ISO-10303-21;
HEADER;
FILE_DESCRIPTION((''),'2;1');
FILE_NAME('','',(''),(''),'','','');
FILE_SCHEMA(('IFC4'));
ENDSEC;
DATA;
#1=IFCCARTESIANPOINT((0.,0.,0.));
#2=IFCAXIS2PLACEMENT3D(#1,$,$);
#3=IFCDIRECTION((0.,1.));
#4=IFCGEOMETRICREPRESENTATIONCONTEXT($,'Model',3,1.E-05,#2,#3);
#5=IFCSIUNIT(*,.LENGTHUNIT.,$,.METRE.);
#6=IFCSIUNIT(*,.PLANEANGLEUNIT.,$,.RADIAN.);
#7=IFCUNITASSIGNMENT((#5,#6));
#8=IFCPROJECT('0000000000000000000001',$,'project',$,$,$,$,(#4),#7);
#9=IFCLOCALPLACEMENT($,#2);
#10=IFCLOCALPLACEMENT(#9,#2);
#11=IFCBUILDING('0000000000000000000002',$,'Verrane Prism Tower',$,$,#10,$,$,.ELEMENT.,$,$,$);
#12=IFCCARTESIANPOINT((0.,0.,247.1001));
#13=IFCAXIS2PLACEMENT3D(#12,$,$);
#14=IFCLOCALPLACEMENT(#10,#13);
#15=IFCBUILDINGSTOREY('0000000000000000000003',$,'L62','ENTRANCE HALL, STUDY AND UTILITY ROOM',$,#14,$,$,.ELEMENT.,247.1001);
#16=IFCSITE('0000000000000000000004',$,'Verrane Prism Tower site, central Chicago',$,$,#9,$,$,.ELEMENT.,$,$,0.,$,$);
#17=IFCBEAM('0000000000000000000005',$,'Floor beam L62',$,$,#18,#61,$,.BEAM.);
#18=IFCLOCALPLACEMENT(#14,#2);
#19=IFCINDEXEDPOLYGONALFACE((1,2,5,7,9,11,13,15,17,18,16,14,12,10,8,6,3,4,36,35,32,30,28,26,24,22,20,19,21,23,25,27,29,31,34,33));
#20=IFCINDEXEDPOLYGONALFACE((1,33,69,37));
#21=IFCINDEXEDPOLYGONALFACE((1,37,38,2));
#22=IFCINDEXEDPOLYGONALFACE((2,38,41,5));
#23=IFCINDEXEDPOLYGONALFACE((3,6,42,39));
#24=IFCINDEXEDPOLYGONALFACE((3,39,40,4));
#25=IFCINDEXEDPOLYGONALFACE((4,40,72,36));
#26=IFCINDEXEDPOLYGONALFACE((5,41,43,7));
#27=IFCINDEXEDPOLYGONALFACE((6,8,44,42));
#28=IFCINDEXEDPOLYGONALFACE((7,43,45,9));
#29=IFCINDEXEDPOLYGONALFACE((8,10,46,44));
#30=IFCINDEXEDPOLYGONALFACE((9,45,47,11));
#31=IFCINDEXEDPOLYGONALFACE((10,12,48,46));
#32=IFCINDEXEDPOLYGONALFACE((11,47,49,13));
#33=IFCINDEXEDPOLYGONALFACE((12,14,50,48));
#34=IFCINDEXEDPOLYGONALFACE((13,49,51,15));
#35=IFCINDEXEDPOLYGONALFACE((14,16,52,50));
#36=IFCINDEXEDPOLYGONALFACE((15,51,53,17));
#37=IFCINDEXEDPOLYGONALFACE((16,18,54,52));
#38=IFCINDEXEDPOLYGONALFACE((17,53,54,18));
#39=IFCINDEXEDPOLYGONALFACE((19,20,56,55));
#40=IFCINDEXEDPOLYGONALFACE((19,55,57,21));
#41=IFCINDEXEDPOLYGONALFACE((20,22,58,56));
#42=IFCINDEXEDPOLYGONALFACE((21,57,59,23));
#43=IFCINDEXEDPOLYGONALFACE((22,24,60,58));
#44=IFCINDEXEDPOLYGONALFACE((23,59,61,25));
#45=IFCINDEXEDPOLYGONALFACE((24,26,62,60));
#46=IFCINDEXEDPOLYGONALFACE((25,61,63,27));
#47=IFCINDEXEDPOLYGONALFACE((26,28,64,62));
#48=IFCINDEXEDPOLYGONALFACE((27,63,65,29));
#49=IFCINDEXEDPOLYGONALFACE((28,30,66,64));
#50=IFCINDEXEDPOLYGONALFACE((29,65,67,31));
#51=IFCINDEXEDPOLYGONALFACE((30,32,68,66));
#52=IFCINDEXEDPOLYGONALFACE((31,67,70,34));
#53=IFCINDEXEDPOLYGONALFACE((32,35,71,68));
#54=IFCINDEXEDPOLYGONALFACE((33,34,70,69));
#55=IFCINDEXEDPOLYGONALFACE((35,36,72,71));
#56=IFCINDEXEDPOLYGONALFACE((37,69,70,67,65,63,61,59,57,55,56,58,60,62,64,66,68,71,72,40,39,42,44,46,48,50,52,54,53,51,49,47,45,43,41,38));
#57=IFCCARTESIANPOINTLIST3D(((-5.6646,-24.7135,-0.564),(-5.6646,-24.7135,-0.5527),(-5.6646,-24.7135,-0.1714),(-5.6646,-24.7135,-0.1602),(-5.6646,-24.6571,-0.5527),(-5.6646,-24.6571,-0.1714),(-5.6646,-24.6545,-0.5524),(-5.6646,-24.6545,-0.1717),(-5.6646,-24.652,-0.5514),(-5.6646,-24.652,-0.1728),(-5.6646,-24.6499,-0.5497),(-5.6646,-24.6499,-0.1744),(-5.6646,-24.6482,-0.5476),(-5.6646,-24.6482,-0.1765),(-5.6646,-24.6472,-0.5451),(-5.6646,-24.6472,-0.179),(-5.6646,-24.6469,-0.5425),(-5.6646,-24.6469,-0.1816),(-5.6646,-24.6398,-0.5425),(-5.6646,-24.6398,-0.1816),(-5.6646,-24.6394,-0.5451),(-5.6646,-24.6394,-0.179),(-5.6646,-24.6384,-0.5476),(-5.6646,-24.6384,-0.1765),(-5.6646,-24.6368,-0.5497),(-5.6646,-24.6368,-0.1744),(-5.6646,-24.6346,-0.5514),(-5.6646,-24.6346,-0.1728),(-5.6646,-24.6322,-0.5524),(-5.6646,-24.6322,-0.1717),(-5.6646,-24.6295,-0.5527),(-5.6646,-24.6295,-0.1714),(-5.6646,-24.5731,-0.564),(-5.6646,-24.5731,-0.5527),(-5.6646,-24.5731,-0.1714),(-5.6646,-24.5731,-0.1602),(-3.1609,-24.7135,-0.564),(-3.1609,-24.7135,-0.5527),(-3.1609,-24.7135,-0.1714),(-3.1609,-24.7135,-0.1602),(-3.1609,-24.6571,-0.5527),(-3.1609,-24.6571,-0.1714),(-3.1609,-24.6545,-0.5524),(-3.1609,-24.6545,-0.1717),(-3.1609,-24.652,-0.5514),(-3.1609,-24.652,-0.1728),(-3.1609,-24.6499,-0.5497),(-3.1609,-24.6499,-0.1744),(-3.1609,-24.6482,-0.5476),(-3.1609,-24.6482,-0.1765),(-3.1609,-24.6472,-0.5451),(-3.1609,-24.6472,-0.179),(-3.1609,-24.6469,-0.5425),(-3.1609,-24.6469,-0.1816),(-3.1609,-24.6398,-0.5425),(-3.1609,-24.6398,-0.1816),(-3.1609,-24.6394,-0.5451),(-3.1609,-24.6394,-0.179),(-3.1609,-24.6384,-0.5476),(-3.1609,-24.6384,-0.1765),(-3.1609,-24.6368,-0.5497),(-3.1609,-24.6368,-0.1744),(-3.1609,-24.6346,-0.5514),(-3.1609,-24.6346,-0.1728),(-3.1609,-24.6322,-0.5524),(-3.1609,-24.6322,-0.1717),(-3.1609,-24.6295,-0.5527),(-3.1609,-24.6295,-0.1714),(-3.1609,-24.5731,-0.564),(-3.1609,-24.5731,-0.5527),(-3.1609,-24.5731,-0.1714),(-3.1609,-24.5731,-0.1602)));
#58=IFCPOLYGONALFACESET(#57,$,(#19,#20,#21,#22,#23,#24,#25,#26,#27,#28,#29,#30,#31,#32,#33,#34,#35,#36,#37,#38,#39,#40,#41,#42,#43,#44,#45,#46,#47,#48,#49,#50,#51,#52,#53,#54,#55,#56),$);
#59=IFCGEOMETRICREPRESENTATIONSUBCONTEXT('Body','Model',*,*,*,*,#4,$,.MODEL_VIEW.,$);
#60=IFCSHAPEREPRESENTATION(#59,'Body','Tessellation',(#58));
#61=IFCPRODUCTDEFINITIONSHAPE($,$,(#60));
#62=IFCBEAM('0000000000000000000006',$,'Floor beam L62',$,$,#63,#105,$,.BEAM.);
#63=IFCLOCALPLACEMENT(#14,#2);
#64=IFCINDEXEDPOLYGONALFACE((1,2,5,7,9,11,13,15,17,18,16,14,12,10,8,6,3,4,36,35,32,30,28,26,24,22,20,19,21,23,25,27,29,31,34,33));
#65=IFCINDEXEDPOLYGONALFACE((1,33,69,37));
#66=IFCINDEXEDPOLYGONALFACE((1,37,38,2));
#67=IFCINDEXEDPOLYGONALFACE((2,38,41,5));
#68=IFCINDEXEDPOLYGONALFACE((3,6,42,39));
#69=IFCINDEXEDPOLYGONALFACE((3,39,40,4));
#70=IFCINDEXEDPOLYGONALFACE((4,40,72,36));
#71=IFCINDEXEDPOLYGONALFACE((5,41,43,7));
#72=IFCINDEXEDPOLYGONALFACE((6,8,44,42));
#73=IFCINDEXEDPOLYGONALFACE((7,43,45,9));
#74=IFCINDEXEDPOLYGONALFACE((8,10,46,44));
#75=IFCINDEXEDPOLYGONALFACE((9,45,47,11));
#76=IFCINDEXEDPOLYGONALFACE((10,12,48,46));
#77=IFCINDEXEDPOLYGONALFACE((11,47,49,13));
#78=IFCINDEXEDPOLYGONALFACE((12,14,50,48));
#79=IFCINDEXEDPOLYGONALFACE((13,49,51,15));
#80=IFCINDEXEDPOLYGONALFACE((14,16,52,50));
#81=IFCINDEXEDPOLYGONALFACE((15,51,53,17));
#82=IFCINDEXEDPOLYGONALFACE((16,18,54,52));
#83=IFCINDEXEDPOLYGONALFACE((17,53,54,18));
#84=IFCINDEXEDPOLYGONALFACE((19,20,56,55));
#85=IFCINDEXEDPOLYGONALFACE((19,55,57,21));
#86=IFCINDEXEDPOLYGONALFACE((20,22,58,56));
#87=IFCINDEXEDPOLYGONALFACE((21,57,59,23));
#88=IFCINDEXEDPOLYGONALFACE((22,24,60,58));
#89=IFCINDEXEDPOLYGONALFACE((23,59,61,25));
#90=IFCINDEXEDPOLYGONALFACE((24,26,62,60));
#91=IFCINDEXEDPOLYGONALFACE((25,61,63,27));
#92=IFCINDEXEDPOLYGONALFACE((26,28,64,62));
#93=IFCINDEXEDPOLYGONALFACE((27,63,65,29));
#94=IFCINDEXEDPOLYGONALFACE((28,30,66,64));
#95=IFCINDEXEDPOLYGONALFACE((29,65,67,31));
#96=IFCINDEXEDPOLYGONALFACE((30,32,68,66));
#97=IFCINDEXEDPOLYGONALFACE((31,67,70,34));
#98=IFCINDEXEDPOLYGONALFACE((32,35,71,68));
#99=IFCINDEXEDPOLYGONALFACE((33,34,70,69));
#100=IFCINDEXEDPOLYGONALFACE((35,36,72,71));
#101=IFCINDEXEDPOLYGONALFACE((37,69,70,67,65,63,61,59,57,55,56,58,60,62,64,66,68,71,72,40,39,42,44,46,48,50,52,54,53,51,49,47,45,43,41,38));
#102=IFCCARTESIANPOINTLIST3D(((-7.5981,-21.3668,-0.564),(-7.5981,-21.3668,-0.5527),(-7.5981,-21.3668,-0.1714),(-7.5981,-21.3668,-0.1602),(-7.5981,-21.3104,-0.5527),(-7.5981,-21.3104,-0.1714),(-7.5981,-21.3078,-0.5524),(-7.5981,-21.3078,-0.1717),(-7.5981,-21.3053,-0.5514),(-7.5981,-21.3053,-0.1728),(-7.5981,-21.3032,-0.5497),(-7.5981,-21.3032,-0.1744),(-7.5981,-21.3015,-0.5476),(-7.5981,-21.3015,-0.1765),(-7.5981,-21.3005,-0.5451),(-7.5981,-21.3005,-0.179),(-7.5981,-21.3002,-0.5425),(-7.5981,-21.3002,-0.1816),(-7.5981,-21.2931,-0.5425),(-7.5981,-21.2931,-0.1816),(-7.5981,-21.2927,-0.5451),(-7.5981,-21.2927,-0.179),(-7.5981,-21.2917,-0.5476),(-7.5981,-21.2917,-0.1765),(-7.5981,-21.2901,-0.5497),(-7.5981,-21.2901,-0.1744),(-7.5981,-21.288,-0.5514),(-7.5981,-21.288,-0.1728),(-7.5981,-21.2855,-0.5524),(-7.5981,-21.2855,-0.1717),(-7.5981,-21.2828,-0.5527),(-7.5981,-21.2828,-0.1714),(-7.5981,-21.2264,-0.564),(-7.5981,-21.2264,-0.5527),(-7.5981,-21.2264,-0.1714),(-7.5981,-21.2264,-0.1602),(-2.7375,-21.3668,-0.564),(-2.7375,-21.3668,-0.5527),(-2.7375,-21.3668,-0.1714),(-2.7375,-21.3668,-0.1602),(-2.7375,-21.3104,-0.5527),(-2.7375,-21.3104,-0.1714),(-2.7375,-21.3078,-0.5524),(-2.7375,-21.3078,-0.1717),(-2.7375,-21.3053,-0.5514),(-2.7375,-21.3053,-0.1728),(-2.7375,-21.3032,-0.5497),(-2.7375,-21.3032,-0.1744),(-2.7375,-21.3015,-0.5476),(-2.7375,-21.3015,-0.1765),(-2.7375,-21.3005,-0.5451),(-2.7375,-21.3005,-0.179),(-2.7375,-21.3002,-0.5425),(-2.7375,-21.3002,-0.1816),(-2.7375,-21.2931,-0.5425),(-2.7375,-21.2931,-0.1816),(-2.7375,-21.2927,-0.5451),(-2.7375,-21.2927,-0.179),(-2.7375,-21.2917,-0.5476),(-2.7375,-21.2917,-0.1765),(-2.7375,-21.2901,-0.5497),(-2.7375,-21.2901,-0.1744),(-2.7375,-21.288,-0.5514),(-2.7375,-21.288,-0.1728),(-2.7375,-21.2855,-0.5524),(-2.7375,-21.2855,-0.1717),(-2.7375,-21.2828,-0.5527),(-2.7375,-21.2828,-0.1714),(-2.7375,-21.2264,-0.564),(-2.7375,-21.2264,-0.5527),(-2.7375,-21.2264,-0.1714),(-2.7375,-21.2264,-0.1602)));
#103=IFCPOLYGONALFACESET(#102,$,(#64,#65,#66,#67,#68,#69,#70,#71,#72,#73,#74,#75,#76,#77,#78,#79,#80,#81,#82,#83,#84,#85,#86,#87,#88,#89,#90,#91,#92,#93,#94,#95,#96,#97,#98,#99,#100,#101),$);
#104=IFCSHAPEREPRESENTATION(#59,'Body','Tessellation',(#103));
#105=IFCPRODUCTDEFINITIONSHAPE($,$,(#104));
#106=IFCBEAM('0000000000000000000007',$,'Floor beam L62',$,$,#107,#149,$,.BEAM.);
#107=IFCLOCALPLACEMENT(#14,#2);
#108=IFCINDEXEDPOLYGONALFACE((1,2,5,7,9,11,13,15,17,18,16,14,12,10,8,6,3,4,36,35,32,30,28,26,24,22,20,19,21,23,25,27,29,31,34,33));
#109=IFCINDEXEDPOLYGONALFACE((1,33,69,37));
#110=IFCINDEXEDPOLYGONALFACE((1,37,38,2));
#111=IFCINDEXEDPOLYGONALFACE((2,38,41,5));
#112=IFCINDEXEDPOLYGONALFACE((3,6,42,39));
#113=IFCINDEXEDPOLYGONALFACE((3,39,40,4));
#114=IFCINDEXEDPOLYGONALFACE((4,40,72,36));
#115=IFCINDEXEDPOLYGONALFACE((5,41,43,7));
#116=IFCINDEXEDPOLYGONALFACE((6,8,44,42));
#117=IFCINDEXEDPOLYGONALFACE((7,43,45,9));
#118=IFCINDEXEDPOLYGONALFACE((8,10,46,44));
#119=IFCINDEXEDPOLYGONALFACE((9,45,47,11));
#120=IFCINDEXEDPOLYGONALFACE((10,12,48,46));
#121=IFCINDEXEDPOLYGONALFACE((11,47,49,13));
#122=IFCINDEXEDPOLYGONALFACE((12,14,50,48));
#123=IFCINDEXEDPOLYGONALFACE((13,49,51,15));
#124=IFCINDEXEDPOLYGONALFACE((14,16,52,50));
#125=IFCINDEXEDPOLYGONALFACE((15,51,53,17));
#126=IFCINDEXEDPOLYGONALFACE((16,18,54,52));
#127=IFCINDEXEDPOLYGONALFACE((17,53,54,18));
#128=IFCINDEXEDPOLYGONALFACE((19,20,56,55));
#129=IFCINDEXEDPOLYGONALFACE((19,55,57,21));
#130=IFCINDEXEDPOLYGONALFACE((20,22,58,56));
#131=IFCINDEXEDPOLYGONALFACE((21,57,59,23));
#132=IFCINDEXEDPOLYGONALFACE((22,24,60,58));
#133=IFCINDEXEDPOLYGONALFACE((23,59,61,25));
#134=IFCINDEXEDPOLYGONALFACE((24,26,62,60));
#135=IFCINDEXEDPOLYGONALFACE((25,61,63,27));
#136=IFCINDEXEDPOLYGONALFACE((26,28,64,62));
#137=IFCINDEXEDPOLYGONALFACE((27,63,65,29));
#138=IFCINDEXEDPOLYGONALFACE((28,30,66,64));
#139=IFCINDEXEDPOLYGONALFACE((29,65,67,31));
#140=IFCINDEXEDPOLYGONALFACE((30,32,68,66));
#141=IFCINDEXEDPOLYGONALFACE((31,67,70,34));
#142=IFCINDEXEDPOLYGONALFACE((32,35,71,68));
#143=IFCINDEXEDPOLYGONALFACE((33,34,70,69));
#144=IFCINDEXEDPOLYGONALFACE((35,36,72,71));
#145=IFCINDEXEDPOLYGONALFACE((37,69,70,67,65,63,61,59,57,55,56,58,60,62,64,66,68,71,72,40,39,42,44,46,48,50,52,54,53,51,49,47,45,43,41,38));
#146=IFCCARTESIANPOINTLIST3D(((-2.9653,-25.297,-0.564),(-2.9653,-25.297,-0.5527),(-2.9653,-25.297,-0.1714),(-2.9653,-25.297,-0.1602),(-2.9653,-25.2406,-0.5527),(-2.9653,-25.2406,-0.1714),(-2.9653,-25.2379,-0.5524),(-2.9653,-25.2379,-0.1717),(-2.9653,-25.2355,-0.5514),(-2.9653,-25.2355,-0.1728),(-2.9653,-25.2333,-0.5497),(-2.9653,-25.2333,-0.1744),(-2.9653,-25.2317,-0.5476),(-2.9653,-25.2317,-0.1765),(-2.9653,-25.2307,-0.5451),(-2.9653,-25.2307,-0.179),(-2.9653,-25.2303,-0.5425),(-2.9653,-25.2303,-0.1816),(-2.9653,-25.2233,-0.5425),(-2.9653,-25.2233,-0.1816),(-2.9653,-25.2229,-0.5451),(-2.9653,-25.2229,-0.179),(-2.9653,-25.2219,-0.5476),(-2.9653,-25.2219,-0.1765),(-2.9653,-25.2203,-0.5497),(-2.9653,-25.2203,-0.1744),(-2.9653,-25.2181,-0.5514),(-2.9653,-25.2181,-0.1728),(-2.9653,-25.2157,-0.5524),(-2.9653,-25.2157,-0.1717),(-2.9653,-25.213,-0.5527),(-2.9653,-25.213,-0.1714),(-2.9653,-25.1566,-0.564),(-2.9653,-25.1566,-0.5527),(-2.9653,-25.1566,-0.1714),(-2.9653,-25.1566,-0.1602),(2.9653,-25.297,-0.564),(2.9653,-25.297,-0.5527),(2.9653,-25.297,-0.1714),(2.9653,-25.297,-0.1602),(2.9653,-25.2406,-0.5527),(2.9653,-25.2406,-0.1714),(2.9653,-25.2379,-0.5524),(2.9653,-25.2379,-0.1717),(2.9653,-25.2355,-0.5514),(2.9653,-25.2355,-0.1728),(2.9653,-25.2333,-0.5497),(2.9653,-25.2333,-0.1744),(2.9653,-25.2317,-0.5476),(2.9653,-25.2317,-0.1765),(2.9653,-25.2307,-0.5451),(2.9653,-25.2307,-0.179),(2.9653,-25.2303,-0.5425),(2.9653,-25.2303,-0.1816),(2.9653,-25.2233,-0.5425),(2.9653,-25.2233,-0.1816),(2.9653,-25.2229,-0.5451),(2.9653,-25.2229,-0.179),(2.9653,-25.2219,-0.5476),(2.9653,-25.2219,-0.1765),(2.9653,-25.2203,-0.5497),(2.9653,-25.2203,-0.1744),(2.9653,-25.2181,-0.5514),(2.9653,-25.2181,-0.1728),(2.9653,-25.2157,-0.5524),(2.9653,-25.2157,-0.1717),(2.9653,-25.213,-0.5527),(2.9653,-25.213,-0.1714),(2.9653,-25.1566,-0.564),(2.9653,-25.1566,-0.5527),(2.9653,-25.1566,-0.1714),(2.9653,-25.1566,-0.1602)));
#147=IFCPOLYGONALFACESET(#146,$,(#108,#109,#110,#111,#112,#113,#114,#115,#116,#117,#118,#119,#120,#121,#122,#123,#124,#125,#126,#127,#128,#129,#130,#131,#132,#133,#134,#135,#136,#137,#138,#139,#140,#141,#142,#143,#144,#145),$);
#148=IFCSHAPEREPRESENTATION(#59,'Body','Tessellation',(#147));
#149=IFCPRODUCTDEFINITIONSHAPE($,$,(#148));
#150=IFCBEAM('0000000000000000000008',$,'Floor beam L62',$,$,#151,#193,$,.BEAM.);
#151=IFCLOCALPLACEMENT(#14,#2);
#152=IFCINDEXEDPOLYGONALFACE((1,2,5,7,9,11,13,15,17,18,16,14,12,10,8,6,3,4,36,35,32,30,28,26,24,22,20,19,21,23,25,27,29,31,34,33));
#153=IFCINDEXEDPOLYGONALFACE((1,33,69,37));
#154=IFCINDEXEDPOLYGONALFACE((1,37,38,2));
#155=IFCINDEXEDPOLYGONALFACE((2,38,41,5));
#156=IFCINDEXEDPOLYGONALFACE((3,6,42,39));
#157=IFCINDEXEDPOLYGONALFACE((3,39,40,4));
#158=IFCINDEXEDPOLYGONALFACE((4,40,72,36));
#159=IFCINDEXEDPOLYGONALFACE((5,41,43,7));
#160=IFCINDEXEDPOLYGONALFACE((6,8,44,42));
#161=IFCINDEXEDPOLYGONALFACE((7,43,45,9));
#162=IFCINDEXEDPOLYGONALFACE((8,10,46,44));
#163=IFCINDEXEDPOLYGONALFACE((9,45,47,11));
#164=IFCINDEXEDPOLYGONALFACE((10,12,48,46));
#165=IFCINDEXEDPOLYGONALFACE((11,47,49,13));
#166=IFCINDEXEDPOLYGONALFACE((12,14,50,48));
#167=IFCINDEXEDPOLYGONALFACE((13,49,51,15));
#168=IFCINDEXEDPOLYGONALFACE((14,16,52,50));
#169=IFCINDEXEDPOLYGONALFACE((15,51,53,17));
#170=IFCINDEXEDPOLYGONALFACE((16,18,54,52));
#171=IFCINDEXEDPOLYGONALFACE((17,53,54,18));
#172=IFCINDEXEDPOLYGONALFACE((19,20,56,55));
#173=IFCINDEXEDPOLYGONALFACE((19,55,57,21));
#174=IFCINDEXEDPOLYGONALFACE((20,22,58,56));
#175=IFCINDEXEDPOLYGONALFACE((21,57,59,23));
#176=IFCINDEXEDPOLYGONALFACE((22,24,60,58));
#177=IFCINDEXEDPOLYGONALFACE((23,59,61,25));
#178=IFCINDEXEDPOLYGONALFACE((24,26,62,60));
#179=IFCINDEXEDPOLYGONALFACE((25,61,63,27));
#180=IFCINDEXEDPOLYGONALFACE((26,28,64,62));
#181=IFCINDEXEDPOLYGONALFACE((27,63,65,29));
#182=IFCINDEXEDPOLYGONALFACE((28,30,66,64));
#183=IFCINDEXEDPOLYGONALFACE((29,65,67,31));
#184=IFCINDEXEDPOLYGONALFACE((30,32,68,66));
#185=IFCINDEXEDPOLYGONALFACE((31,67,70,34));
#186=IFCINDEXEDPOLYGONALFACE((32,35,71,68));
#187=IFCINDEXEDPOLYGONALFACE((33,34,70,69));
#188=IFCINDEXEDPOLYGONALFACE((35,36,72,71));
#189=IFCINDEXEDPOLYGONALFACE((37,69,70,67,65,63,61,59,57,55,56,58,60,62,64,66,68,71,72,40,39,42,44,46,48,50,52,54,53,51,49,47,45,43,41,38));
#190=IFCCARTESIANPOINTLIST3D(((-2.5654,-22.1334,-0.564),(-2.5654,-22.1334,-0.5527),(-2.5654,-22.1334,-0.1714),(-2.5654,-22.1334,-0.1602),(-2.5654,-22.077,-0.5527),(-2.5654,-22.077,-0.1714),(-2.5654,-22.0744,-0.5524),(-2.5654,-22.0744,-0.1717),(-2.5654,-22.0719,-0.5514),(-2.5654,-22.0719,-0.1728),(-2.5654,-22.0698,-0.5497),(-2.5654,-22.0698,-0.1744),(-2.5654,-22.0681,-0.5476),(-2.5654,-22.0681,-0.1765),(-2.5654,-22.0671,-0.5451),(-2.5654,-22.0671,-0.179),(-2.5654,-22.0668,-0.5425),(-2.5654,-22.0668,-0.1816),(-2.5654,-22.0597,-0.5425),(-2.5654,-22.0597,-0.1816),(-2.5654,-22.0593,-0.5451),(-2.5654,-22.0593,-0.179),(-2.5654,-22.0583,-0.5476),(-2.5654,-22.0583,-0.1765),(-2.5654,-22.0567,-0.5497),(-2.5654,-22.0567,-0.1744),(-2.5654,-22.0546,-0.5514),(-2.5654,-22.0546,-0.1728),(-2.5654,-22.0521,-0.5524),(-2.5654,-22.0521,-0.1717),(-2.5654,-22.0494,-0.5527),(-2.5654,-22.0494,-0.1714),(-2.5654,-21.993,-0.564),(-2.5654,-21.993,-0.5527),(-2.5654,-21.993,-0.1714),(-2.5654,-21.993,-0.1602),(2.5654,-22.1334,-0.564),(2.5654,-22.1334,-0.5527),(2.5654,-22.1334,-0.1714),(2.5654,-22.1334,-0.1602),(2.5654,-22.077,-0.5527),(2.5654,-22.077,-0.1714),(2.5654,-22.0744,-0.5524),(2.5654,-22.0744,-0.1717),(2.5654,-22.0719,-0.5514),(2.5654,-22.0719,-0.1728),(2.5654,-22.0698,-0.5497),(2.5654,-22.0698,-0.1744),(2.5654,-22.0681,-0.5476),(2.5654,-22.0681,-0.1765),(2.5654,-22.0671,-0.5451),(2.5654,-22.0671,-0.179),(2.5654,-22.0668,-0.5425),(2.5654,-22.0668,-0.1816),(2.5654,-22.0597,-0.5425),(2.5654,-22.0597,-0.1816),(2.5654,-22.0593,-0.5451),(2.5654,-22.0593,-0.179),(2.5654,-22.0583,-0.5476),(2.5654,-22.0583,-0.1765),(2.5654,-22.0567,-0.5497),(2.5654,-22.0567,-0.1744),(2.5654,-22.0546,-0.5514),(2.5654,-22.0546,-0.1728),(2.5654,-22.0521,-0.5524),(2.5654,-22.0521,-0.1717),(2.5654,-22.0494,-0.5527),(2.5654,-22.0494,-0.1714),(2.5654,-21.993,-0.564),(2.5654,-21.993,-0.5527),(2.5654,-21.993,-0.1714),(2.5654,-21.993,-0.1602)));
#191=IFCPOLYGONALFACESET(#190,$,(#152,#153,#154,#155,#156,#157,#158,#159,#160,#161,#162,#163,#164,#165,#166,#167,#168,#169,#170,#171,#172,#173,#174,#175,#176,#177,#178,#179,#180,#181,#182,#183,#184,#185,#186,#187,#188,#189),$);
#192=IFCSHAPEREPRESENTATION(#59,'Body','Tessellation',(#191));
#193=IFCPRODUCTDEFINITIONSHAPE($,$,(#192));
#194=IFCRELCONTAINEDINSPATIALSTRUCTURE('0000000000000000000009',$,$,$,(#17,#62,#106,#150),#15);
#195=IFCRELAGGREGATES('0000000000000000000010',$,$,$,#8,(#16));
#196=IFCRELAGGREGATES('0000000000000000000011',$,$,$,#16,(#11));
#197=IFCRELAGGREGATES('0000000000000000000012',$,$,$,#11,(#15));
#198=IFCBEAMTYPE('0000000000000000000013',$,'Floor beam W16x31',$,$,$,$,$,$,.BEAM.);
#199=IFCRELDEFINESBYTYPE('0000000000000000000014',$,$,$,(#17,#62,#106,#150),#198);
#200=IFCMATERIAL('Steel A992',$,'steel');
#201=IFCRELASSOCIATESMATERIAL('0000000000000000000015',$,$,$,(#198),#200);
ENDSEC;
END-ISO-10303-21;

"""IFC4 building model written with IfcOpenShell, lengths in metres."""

from ifc_helpers import new_model, si_unit, direction, frame, origin, origin_2d, place, context, subcontext, project, spatial, i_section, extrude, material, material_profile, profile_set, type_object, element, save


model = new_model("IFC4")

# Units and contexts
model_context = context("Model", 3, precision=1e-05, world=origin(), true_north=direction((0.0, 1.0)))
body_context = subcontext(model_context, "Body", "Model", "MODEL_VIEW")
ifc_project = project(units=[si_unit("LENGTHUNIT", "METRE"), si_unit("PLANEANGLEUNIT", "RADIAN")], contexts=[model_context])

# Site, building, storey
site_placement = place(None, origin())
site = spatial("IfcSite", under=ifc_project, at=site_placement, Name="Verrane Prism Tower site, central Chicago", CompositionType="ELEMENT", RefElevation=0.0)
building_placement = place(site_placement, origin())
building = spatial("IfcBuilding", under=site, at=building_placement, Name="Verrane Prism Tower", CompositionType="ELEMENT")
storey_placement = place(building_placement, frame((0.0, 0.0, 247.1001)))
storey = spatial("IfcBuildingStorey", under=building, at=storey_placement, Name="L62", Description="ENTRANCE HALL, STUDY AND UTILITY ROOM", CompositionType="ELEMENT", Elevation=247.1001)

# Beams
ifc_material_1 = material(Name="Steel A992", Category="steel")
ifc_material_profile_1 = material_profile(ifc_material_1, i_section(OverallWidth=0.1404, OverallDepth=0.4038, WebThickness=0.0071, FlangeThickness=0.0112, FilletRadius=0.0103, at=origin_2d()), Name="W16x31")
ifc_profile_set_1 = profile_set([ifc_material_profile_1], Name="Steel A992")
beam_type_1 = type_object("IfcBeamType", Name="Floor beam W16x31", PredefinedType="BEAM", material=ifc_profile_set_1)
beam_1_placement = place(storey_placement, frame((-5.6646, -24.6433, -0.3621), z_axis=(1.0, 0.0, 0.0), x_axis=(0.0, 1.0, 0.0)))
element("IfcBeam", 1, at=beam_1_placement, inside=storey, type_object=beam_type_1, Name="Floor beam L62", PredefinedType="BEAM", context=body_context, shape_type="SweptSolid", body=[
    extrude(i_section(OverallWidth=0.1404, OverallDepth=0.4038, WebThickness=0.0071, FlangeThickness=0.0112, FilletRadius=0.0103, at=origin_2d()), origin(), (0.0, 0.0, 1.0), 2.5037),
])
beam_2_placement = place(storey_placement, frame((-7.5981, -21.2966, -0.3621), z_axis=(1.0, 0.0, 0.0), x_axis=(0.0, 1.0, 0.0)))
element("IfcBeam", 2, at=beam_2_placement, inside=storey, type_object=beam_type_1, Name="Floor beam L62", PredefinedType="BEAM", context=body_context, shape_type="SweptSolid", body=[
    extrude(i_section(OverallWidth=0.1404, OverallDepth=0.4038, WebThickness=0.0071, FlangeThickness=0.0112, FilletRadius=0.0103, at=origin_2d()), origin(), (0.0, 0.0, 1.0), 4.8606),
])
beam_3_placement = place(storey_placement, frame((-2.9653, -25.2268, -0.3621), z_axis=(1.0, 0.0, 0.0), x_axis=(0.0, 1.0, 0.0)))
element("IfcBeam", 3, at=beam_3_placement, inside=storey, type_object=beam_type_1, Name="Floor beam L62", PredefinedType="BEAM", context=body_context, shape_type="SweptSolid", body=[
    extrude(i_section(OverallWidth=0.1404, OverallDepth=0.4038, WebThickness=0.0071, FlangeThickness=0.0112, FilletRadius=0.0103, at=origin_2d()), origin(), (0.0, 0.0, 1.0), 5.9307),
])
beam_4_placement = place(storey_placement, frame((-2.5654, -22.0632, -0.3621), z_axis=(1.0, 0.0, 0.0), x_axis=(0.0, 1.0, 0.0)))
element("IfcBeam", 4, at=beam_4_placement, inside=storey, type_object=beam_type_1, Name="Floor beam L62", PredefinedType="BEAM", context=body_context, shape_type="SweptSolid", body=[
    extrude(i_section(OverallWidth=0.1404, OverallDepth=0.4038, WebThickness=0.0071, FlangeThickness=0.0112, FilletRadius=0.0103, at=origin_2d()), origin(), (0.0, 0.0, 1.0), 5.1309),
])

save(model, "model.ifc")
